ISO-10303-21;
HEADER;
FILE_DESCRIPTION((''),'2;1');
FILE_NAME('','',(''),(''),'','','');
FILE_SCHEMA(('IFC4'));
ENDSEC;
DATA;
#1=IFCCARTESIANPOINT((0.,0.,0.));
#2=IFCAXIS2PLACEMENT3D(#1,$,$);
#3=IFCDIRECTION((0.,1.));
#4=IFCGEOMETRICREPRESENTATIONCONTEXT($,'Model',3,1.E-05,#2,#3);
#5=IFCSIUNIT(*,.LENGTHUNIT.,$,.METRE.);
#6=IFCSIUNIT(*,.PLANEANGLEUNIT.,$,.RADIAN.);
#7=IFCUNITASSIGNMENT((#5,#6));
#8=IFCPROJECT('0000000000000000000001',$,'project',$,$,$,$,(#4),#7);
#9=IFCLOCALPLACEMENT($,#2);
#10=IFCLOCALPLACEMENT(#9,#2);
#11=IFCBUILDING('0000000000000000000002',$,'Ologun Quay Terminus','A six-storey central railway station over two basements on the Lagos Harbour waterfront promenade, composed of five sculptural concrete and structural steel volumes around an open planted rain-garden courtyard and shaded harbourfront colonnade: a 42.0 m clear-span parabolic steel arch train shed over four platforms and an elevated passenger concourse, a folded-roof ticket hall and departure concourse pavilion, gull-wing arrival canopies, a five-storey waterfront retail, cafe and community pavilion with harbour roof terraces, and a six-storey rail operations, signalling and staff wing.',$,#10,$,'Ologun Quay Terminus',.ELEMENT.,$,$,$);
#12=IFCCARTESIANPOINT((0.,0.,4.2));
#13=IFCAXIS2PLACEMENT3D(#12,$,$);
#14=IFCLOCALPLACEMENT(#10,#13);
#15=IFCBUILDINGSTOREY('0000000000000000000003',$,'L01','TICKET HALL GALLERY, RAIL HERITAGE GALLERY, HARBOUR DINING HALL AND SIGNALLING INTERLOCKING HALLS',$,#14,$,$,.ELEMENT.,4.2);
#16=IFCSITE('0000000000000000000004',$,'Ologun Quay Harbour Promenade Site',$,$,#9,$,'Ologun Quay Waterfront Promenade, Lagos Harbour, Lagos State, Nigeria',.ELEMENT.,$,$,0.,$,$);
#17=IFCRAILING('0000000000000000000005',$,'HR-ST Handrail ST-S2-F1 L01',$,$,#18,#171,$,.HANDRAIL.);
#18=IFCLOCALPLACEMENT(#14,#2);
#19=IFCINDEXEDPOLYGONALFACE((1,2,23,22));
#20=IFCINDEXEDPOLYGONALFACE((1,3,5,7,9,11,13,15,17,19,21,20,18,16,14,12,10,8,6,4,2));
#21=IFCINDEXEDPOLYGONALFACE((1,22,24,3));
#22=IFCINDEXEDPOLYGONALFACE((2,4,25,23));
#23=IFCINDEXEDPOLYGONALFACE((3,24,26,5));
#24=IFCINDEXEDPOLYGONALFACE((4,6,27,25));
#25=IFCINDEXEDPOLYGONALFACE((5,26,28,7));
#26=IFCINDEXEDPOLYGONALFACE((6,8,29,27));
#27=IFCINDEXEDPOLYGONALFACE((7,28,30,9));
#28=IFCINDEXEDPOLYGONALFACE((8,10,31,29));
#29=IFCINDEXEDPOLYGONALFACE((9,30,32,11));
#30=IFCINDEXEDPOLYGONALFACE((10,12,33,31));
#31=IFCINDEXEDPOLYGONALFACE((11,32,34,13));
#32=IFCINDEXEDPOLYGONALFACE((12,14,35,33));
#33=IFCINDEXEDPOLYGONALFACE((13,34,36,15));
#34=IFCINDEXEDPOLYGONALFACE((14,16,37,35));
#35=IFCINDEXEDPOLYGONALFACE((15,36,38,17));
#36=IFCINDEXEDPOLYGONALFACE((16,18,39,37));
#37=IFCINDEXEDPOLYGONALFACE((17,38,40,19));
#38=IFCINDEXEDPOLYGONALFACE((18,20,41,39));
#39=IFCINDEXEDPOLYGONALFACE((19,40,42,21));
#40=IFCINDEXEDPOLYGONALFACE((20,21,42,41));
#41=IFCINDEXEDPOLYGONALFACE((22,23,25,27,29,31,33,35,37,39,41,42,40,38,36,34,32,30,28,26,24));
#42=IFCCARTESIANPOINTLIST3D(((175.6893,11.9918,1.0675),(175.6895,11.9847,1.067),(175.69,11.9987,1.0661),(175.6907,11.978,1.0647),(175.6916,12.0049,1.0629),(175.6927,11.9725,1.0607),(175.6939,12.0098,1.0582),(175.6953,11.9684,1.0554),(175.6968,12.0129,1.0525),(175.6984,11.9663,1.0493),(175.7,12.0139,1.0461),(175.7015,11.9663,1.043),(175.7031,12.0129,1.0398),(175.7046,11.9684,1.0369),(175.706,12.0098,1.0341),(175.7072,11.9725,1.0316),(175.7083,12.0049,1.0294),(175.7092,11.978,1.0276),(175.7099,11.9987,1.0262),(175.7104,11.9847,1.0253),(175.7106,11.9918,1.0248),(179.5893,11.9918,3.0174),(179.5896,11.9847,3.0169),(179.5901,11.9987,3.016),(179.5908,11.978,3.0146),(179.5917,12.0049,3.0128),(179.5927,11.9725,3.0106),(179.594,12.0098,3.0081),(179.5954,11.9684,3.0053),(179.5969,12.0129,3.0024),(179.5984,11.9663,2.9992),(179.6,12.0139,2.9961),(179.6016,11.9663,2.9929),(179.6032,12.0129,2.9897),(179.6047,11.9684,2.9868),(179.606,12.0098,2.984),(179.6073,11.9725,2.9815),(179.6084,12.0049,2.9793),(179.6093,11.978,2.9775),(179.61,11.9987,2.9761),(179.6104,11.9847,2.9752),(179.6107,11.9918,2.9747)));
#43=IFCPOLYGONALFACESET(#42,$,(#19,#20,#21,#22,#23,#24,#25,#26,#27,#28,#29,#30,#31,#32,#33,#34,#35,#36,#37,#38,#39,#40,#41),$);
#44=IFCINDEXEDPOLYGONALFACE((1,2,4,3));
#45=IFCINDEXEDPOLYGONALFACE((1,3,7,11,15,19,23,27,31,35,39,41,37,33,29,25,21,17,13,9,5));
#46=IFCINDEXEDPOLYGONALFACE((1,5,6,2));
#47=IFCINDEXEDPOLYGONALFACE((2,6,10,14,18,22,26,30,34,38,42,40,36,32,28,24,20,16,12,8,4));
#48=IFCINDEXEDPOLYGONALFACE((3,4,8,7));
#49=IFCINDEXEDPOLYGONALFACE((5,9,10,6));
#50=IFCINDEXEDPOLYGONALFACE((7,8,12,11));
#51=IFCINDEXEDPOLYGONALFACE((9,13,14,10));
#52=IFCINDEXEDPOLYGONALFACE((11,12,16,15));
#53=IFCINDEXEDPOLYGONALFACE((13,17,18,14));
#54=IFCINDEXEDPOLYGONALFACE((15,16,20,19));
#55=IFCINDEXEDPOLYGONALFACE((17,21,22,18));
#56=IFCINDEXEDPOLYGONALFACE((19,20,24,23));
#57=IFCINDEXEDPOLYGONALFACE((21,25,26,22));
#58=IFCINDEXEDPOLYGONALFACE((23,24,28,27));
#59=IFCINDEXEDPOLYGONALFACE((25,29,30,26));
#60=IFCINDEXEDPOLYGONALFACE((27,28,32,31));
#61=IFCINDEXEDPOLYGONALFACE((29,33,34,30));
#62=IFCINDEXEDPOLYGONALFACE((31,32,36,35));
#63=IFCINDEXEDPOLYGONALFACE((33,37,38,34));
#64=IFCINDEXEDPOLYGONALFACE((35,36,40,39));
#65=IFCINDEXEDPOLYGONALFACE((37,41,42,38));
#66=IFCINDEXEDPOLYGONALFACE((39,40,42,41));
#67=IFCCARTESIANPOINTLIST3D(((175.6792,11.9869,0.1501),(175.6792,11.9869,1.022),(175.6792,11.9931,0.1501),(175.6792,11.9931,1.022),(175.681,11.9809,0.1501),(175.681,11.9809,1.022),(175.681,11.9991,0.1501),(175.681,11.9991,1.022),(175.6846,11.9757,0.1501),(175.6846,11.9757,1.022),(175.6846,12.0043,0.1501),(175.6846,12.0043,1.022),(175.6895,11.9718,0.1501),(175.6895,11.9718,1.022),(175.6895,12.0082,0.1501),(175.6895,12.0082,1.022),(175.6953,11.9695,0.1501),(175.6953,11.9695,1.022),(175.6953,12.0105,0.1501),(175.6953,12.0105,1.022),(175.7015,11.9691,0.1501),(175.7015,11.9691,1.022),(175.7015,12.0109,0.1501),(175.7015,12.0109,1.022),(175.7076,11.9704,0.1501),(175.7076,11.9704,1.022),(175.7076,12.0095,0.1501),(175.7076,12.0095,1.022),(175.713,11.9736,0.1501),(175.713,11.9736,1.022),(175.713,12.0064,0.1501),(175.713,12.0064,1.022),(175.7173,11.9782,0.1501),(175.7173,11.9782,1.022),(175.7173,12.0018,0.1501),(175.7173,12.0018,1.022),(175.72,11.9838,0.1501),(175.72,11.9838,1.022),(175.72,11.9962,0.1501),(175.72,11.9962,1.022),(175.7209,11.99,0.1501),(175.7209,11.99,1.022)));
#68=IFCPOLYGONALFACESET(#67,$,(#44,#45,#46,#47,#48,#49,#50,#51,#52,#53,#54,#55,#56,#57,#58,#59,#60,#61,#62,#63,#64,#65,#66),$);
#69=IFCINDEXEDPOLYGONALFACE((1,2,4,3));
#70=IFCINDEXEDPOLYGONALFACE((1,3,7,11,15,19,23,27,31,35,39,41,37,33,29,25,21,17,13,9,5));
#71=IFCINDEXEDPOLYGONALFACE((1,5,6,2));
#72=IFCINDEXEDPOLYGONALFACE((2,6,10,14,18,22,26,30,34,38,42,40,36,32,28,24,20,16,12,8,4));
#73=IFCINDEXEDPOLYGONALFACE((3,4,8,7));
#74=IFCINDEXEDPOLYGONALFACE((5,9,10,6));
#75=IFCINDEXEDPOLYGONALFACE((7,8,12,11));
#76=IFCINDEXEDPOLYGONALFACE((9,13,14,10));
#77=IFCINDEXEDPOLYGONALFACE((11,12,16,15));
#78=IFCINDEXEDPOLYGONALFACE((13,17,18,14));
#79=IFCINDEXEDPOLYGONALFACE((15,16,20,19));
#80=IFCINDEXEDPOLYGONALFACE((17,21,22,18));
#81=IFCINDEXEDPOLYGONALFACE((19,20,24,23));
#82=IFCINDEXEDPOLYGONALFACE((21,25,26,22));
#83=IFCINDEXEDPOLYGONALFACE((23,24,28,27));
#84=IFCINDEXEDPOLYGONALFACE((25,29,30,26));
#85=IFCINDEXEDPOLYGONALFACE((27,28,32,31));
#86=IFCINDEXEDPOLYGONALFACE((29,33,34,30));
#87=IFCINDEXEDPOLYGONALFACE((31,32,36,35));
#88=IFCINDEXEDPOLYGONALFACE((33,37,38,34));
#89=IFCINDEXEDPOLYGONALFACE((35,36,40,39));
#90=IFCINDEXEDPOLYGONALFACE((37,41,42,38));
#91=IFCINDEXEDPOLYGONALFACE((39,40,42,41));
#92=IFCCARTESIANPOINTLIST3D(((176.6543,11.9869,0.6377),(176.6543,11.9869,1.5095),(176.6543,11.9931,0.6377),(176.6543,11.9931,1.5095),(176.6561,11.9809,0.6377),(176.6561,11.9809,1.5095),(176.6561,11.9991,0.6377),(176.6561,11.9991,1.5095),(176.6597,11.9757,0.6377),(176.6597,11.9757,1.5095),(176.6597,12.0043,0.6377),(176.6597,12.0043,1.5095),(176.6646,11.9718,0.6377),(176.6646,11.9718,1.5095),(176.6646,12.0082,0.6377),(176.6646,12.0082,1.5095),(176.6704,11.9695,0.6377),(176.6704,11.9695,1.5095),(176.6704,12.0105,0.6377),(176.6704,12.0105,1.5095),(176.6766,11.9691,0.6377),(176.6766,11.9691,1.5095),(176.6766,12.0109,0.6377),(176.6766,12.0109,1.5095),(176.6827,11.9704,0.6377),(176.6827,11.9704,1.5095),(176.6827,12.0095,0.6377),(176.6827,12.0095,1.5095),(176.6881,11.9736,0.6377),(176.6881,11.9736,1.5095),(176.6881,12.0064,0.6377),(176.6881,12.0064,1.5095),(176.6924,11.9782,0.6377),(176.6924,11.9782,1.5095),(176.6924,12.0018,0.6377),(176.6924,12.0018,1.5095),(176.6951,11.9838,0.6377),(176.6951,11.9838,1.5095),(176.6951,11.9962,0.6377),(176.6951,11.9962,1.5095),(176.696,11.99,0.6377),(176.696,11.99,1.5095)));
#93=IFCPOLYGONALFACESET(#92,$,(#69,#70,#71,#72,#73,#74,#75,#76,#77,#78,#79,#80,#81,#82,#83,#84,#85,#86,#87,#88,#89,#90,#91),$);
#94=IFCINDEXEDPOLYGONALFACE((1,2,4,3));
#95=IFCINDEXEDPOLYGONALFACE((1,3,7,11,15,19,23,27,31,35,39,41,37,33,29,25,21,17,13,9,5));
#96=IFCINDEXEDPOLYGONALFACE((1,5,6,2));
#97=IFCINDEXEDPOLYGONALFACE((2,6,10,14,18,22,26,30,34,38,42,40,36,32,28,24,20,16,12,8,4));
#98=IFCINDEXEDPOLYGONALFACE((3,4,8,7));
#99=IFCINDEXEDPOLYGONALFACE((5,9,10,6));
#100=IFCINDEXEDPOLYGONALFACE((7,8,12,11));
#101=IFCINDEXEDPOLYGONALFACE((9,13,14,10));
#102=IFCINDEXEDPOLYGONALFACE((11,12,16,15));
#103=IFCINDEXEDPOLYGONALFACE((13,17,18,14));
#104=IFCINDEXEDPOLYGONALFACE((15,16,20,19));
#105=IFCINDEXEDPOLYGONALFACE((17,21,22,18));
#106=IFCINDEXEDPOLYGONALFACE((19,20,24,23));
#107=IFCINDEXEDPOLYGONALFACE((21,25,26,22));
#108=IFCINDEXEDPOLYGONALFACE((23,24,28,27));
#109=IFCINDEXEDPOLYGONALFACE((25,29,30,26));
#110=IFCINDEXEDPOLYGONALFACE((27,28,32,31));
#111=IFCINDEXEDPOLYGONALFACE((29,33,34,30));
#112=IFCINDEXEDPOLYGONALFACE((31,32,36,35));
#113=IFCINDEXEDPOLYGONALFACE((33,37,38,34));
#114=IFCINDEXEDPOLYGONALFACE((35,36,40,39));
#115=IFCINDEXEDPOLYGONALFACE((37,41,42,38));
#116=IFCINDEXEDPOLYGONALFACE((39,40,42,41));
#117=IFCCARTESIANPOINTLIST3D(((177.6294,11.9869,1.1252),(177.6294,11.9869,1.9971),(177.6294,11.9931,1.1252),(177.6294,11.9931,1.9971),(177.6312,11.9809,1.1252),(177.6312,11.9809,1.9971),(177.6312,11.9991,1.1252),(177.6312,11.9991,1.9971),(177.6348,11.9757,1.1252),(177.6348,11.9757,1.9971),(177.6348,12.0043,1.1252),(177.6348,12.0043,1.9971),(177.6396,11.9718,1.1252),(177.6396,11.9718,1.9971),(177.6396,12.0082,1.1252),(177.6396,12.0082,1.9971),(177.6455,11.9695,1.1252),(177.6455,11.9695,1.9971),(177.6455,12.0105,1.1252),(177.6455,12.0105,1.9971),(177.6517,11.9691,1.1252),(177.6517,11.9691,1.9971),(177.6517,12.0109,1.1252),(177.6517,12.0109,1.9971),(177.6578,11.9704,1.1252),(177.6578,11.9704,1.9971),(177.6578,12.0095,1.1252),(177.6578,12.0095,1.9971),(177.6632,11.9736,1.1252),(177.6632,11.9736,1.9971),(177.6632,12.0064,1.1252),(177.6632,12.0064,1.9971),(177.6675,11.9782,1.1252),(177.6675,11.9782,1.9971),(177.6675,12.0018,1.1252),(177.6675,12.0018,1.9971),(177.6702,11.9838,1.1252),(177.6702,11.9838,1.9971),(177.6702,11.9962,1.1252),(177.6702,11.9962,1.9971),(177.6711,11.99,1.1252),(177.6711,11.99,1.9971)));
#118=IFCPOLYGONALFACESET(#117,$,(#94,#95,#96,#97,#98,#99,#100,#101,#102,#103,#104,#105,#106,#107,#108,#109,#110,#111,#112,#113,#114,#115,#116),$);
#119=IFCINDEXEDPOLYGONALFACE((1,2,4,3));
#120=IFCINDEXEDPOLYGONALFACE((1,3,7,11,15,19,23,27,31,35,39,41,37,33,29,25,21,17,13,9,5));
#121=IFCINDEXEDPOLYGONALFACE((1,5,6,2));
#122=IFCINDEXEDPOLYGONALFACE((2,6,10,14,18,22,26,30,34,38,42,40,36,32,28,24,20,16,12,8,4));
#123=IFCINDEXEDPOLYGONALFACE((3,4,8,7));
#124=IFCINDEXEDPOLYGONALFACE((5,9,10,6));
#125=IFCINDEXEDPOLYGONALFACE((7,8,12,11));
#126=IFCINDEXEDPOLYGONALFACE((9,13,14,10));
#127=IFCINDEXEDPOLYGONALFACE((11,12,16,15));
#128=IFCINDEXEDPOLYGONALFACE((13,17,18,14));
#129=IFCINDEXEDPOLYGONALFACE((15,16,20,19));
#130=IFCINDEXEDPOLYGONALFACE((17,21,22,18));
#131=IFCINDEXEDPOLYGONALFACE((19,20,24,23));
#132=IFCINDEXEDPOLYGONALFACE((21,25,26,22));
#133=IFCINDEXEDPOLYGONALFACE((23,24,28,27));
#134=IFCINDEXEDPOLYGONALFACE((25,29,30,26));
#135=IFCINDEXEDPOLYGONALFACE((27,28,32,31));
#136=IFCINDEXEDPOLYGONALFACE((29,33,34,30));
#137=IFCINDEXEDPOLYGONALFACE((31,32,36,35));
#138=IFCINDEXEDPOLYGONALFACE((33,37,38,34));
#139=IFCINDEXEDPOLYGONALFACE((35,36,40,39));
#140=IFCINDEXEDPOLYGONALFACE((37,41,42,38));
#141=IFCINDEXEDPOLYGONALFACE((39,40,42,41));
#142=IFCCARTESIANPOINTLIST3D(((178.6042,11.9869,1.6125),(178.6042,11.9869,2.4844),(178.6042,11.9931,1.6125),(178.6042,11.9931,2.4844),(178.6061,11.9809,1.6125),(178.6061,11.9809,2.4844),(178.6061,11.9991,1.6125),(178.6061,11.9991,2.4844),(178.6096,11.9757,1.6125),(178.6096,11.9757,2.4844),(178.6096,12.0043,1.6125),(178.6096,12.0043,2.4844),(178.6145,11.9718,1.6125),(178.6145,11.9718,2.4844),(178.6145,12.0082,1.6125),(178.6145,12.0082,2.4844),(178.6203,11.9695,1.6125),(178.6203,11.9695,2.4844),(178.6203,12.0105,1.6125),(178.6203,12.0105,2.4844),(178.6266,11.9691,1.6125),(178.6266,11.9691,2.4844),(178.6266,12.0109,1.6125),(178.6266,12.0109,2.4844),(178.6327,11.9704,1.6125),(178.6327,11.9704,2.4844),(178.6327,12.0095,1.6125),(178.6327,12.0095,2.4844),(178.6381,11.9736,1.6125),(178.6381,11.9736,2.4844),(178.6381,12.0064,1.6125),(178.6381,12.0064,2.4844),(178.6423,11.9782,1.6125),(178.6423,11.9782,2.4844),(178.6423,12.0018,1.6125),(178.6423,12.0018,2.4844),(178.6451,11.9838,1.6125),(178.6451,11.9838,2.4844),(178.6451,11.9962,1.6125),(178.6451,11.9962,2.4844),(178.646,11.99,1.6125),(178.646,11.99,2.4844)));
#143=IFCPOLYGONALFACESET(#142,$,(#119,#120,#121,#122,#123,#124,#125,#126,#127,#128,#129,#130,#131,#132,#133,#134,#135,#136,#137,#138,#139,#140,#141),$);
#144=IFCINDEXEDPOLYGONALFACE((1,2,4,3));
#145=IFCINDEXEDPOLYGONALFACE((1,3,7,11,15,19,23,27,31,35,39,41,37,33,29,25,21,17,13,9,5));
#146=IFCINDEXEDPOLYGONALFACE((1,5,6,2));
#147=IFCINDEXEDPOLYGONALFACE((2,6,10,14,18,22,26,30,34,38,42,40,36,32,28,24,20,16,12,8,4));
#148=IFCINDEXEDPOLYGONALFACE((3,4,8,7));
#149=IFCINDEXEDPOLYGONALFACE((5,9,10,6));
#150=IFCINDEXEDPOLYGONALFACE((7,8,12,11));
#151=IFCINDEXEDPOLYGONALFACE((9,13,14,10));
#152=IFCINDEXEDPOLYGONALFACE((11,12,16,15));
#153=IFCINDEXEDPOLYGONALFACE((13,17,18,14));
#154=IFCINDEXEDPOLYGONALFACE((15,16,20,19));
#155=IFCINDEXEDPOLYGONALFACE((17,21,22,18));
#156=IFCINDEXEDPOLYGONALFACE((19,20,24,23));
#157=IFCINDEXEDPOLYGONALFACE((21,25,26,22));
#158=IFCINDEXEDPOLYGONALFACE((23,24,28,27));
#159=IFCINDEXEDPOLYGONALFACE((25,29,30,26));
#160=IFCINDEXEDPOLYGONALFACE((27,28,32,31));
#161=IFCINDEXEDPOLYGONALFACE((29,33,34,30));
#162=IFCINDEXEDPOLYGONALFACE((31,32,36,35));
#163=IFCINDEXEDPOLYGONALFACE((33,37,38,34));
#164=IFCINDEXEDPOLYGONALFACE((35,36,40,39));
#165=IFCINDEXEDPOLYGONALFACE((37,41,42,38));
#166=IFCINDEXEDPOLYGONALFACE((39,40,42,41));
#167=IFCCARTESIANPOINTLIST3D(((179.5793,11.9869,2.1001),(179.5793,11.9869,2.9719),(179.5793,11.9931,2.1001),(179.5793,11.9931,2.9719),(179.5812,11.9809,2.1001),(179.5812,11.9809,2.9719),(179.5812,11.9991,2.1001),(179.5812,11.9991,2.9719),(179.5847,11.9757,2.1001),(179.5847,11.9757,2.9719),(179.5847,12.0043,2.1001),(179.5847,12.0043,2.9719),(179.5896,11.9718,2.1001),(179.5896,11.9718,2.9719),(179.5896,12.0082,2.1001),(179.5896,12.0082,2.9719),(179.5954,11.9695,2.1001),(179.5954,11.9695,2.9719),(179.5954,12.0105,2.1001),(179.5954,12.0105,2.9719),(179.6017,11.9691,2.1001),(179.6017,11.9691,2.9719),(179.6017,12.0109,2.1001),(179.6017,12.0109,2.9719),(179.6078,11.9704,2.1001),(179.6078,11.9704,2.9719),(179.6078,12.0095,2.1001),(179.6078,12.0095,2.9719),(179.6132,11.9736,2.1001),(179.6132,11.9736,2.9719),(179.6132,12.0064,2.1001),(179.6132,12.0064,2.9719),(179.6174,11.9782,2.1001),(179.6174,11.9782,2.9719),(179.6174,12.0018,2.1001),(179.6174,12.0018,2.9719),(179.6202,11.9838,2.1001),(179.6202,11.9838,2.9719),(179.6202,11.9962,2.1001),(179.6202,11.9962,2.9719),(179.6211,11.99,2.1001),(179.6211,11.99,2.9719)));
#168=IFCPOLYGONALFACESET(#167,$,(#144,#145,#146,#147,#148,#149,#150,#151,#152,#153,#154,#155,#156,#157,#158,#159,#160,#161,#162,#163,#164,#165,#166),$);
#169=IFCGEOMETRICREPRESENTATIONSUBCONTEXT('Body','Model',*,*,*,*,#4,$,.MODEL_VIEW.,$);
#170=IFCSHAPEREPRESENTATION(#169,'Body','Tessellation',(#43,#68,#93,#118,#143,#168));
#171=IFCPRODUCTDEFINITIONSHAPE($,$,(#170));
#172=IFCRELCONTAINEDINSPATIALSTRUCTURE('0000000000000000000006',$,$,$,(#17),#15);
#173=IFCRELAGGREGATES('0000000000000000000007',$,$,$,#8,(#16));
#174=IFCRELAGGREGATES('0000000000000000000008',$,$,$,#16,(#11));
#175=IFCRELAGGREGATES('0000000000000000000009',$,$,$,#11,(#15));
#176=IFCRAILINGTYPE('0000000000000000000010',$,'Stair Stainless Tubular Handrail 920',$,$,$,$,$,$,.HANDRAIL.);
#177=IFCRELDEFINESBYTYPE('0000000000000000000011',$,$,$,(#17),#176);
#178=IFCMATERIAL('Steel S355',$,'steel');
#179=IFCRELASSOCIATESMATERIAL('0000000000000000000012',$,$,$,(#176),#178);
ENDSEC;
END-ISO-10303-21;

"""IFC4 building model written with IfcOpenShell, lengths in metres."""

from ifc_helpers import new_model, si_unit, direction, frame, origin, origin_2d, place, context, subcontext, project, spatial, circle, extrude, material, type_object, element, save


model = new_model("IFC4")

# Units and contexts
model_context = context("Model", 3, precision=1e-05, world=origin(), true_north=direction((0.0, 1.0)))
body_context = subcontext(model_context, "Body", "Model", "MODEL_VIEW")
ifc_project = project(units=[si_unit("LENGTHUNIT", "METRE"), si_unit("PLANEANGLEUNIT", "RADIAN")], contexts=[model_context])

# Site, building, storey
site_placement = place(None, origin())
site = spatial("IfcSite", under=ifc_project, at=site_placement, Name="Ologun Quay Harbour Promenade Site", LongName="Ologun Quay Waterfront Promenade, Lagos Harbour, Lagos State, Nigeria", CompositionType="ELEMENT", RefElevation=0.0)
building_placement = place(site_placement, origin())
building = spatial("IfcBuilding", under=site, at=building_placement, Name="Ologun Quay Terminus", Description="A six-storey central railway station over two basements on the Lagos Harbour waterfront promenade, composed of five sculptural concrete and structural steel volumes around an open planted rain-garden courtyard and shaded harbourfront colonnade: a 42.0 m clear-span parabolic steel arch train shed over four platforms and an elevated passenger concourse, a folded-roof ticket hall and departure concourse pavilion, gull-wing arrival canopies, a five-storey waterfront retail, cafe and community pavilion with harbour roof terraces, and a six-storey rail operations, signalling and staff wing.", LongName="Ologun Quay Terminus", CompositionType="ELEMENT")
storey_placement = place(building_placement, frame((0.0, 0.0, 4.2)))
storey = spatial("IfcBuildingStorey", under=building, at=storey_placement, Name="L01", Description="TICKET HALL GALLERY, RAIL HERITAGE GALLERY, HARBOUR DINING HALL AND SIGNALLING INTERLOCKING HALLS", CompositionType="ELEMENT", Elevation=4.2)

# Railing
ifc_material_1 = material(Name="Steel S355", Category="steel")
railing_type_1 = type_object("IfcRailingType", Name="Stair Stainless Tubular Handrail 920", PredefinedType="HANDRAIL", material=ifc_material_1)
railing_1_placement = place(storey_placement, frame((175.7, 11.99, 0.1501)))
element("IfcRailing", 1, at=railing_1_placement, inside=storey, type_object=railing_type_1, Name="HR-ST Handrail ST-S2-F1 L01", PredefinedType="HANDRAIL", context=body_context, shape_type="SweptSolid", body=[
    extrude(circle(Radius=0.0239, at=origin_2d()), frame((0.0, 0.0, 0.896), z_axis=(0.894438, 0.0, 0.447191), x_axis=(0.0, 1.0, 0.0)), (0.0, 0.0, 1.0), 4.3604),
    extrude(circle(Radius=0.021, at=origin_2d()), origin(), (0.0, 0.0, 1.0), 0.8718),
    extrude(circle(Radius=0.021, at=origin_2d()), frame((0.9751, 0.0, 0.4875)), (0.0, 0.0, 1.0), 0.8718),
    extrude(circle(Radius=0.021, at=origin_2d()), frame((1.9502, 0.0, 0.9751)), (0.0, 0.0, 1.0), 0.8718),
    extrude(circle(Radius=0.021, at=origin_2d()), frame((2.925, 0.0, 1.4624)), (0.0, 0.0, 1.0), 0.8718),
    extrude(circle(Radius=0.021, at=origin_2d()), frame((3.9001, 0.0, 1.95)), (0.0, 0.0, 1.0), 0.8718),
])

save(model, "model.ifc")
